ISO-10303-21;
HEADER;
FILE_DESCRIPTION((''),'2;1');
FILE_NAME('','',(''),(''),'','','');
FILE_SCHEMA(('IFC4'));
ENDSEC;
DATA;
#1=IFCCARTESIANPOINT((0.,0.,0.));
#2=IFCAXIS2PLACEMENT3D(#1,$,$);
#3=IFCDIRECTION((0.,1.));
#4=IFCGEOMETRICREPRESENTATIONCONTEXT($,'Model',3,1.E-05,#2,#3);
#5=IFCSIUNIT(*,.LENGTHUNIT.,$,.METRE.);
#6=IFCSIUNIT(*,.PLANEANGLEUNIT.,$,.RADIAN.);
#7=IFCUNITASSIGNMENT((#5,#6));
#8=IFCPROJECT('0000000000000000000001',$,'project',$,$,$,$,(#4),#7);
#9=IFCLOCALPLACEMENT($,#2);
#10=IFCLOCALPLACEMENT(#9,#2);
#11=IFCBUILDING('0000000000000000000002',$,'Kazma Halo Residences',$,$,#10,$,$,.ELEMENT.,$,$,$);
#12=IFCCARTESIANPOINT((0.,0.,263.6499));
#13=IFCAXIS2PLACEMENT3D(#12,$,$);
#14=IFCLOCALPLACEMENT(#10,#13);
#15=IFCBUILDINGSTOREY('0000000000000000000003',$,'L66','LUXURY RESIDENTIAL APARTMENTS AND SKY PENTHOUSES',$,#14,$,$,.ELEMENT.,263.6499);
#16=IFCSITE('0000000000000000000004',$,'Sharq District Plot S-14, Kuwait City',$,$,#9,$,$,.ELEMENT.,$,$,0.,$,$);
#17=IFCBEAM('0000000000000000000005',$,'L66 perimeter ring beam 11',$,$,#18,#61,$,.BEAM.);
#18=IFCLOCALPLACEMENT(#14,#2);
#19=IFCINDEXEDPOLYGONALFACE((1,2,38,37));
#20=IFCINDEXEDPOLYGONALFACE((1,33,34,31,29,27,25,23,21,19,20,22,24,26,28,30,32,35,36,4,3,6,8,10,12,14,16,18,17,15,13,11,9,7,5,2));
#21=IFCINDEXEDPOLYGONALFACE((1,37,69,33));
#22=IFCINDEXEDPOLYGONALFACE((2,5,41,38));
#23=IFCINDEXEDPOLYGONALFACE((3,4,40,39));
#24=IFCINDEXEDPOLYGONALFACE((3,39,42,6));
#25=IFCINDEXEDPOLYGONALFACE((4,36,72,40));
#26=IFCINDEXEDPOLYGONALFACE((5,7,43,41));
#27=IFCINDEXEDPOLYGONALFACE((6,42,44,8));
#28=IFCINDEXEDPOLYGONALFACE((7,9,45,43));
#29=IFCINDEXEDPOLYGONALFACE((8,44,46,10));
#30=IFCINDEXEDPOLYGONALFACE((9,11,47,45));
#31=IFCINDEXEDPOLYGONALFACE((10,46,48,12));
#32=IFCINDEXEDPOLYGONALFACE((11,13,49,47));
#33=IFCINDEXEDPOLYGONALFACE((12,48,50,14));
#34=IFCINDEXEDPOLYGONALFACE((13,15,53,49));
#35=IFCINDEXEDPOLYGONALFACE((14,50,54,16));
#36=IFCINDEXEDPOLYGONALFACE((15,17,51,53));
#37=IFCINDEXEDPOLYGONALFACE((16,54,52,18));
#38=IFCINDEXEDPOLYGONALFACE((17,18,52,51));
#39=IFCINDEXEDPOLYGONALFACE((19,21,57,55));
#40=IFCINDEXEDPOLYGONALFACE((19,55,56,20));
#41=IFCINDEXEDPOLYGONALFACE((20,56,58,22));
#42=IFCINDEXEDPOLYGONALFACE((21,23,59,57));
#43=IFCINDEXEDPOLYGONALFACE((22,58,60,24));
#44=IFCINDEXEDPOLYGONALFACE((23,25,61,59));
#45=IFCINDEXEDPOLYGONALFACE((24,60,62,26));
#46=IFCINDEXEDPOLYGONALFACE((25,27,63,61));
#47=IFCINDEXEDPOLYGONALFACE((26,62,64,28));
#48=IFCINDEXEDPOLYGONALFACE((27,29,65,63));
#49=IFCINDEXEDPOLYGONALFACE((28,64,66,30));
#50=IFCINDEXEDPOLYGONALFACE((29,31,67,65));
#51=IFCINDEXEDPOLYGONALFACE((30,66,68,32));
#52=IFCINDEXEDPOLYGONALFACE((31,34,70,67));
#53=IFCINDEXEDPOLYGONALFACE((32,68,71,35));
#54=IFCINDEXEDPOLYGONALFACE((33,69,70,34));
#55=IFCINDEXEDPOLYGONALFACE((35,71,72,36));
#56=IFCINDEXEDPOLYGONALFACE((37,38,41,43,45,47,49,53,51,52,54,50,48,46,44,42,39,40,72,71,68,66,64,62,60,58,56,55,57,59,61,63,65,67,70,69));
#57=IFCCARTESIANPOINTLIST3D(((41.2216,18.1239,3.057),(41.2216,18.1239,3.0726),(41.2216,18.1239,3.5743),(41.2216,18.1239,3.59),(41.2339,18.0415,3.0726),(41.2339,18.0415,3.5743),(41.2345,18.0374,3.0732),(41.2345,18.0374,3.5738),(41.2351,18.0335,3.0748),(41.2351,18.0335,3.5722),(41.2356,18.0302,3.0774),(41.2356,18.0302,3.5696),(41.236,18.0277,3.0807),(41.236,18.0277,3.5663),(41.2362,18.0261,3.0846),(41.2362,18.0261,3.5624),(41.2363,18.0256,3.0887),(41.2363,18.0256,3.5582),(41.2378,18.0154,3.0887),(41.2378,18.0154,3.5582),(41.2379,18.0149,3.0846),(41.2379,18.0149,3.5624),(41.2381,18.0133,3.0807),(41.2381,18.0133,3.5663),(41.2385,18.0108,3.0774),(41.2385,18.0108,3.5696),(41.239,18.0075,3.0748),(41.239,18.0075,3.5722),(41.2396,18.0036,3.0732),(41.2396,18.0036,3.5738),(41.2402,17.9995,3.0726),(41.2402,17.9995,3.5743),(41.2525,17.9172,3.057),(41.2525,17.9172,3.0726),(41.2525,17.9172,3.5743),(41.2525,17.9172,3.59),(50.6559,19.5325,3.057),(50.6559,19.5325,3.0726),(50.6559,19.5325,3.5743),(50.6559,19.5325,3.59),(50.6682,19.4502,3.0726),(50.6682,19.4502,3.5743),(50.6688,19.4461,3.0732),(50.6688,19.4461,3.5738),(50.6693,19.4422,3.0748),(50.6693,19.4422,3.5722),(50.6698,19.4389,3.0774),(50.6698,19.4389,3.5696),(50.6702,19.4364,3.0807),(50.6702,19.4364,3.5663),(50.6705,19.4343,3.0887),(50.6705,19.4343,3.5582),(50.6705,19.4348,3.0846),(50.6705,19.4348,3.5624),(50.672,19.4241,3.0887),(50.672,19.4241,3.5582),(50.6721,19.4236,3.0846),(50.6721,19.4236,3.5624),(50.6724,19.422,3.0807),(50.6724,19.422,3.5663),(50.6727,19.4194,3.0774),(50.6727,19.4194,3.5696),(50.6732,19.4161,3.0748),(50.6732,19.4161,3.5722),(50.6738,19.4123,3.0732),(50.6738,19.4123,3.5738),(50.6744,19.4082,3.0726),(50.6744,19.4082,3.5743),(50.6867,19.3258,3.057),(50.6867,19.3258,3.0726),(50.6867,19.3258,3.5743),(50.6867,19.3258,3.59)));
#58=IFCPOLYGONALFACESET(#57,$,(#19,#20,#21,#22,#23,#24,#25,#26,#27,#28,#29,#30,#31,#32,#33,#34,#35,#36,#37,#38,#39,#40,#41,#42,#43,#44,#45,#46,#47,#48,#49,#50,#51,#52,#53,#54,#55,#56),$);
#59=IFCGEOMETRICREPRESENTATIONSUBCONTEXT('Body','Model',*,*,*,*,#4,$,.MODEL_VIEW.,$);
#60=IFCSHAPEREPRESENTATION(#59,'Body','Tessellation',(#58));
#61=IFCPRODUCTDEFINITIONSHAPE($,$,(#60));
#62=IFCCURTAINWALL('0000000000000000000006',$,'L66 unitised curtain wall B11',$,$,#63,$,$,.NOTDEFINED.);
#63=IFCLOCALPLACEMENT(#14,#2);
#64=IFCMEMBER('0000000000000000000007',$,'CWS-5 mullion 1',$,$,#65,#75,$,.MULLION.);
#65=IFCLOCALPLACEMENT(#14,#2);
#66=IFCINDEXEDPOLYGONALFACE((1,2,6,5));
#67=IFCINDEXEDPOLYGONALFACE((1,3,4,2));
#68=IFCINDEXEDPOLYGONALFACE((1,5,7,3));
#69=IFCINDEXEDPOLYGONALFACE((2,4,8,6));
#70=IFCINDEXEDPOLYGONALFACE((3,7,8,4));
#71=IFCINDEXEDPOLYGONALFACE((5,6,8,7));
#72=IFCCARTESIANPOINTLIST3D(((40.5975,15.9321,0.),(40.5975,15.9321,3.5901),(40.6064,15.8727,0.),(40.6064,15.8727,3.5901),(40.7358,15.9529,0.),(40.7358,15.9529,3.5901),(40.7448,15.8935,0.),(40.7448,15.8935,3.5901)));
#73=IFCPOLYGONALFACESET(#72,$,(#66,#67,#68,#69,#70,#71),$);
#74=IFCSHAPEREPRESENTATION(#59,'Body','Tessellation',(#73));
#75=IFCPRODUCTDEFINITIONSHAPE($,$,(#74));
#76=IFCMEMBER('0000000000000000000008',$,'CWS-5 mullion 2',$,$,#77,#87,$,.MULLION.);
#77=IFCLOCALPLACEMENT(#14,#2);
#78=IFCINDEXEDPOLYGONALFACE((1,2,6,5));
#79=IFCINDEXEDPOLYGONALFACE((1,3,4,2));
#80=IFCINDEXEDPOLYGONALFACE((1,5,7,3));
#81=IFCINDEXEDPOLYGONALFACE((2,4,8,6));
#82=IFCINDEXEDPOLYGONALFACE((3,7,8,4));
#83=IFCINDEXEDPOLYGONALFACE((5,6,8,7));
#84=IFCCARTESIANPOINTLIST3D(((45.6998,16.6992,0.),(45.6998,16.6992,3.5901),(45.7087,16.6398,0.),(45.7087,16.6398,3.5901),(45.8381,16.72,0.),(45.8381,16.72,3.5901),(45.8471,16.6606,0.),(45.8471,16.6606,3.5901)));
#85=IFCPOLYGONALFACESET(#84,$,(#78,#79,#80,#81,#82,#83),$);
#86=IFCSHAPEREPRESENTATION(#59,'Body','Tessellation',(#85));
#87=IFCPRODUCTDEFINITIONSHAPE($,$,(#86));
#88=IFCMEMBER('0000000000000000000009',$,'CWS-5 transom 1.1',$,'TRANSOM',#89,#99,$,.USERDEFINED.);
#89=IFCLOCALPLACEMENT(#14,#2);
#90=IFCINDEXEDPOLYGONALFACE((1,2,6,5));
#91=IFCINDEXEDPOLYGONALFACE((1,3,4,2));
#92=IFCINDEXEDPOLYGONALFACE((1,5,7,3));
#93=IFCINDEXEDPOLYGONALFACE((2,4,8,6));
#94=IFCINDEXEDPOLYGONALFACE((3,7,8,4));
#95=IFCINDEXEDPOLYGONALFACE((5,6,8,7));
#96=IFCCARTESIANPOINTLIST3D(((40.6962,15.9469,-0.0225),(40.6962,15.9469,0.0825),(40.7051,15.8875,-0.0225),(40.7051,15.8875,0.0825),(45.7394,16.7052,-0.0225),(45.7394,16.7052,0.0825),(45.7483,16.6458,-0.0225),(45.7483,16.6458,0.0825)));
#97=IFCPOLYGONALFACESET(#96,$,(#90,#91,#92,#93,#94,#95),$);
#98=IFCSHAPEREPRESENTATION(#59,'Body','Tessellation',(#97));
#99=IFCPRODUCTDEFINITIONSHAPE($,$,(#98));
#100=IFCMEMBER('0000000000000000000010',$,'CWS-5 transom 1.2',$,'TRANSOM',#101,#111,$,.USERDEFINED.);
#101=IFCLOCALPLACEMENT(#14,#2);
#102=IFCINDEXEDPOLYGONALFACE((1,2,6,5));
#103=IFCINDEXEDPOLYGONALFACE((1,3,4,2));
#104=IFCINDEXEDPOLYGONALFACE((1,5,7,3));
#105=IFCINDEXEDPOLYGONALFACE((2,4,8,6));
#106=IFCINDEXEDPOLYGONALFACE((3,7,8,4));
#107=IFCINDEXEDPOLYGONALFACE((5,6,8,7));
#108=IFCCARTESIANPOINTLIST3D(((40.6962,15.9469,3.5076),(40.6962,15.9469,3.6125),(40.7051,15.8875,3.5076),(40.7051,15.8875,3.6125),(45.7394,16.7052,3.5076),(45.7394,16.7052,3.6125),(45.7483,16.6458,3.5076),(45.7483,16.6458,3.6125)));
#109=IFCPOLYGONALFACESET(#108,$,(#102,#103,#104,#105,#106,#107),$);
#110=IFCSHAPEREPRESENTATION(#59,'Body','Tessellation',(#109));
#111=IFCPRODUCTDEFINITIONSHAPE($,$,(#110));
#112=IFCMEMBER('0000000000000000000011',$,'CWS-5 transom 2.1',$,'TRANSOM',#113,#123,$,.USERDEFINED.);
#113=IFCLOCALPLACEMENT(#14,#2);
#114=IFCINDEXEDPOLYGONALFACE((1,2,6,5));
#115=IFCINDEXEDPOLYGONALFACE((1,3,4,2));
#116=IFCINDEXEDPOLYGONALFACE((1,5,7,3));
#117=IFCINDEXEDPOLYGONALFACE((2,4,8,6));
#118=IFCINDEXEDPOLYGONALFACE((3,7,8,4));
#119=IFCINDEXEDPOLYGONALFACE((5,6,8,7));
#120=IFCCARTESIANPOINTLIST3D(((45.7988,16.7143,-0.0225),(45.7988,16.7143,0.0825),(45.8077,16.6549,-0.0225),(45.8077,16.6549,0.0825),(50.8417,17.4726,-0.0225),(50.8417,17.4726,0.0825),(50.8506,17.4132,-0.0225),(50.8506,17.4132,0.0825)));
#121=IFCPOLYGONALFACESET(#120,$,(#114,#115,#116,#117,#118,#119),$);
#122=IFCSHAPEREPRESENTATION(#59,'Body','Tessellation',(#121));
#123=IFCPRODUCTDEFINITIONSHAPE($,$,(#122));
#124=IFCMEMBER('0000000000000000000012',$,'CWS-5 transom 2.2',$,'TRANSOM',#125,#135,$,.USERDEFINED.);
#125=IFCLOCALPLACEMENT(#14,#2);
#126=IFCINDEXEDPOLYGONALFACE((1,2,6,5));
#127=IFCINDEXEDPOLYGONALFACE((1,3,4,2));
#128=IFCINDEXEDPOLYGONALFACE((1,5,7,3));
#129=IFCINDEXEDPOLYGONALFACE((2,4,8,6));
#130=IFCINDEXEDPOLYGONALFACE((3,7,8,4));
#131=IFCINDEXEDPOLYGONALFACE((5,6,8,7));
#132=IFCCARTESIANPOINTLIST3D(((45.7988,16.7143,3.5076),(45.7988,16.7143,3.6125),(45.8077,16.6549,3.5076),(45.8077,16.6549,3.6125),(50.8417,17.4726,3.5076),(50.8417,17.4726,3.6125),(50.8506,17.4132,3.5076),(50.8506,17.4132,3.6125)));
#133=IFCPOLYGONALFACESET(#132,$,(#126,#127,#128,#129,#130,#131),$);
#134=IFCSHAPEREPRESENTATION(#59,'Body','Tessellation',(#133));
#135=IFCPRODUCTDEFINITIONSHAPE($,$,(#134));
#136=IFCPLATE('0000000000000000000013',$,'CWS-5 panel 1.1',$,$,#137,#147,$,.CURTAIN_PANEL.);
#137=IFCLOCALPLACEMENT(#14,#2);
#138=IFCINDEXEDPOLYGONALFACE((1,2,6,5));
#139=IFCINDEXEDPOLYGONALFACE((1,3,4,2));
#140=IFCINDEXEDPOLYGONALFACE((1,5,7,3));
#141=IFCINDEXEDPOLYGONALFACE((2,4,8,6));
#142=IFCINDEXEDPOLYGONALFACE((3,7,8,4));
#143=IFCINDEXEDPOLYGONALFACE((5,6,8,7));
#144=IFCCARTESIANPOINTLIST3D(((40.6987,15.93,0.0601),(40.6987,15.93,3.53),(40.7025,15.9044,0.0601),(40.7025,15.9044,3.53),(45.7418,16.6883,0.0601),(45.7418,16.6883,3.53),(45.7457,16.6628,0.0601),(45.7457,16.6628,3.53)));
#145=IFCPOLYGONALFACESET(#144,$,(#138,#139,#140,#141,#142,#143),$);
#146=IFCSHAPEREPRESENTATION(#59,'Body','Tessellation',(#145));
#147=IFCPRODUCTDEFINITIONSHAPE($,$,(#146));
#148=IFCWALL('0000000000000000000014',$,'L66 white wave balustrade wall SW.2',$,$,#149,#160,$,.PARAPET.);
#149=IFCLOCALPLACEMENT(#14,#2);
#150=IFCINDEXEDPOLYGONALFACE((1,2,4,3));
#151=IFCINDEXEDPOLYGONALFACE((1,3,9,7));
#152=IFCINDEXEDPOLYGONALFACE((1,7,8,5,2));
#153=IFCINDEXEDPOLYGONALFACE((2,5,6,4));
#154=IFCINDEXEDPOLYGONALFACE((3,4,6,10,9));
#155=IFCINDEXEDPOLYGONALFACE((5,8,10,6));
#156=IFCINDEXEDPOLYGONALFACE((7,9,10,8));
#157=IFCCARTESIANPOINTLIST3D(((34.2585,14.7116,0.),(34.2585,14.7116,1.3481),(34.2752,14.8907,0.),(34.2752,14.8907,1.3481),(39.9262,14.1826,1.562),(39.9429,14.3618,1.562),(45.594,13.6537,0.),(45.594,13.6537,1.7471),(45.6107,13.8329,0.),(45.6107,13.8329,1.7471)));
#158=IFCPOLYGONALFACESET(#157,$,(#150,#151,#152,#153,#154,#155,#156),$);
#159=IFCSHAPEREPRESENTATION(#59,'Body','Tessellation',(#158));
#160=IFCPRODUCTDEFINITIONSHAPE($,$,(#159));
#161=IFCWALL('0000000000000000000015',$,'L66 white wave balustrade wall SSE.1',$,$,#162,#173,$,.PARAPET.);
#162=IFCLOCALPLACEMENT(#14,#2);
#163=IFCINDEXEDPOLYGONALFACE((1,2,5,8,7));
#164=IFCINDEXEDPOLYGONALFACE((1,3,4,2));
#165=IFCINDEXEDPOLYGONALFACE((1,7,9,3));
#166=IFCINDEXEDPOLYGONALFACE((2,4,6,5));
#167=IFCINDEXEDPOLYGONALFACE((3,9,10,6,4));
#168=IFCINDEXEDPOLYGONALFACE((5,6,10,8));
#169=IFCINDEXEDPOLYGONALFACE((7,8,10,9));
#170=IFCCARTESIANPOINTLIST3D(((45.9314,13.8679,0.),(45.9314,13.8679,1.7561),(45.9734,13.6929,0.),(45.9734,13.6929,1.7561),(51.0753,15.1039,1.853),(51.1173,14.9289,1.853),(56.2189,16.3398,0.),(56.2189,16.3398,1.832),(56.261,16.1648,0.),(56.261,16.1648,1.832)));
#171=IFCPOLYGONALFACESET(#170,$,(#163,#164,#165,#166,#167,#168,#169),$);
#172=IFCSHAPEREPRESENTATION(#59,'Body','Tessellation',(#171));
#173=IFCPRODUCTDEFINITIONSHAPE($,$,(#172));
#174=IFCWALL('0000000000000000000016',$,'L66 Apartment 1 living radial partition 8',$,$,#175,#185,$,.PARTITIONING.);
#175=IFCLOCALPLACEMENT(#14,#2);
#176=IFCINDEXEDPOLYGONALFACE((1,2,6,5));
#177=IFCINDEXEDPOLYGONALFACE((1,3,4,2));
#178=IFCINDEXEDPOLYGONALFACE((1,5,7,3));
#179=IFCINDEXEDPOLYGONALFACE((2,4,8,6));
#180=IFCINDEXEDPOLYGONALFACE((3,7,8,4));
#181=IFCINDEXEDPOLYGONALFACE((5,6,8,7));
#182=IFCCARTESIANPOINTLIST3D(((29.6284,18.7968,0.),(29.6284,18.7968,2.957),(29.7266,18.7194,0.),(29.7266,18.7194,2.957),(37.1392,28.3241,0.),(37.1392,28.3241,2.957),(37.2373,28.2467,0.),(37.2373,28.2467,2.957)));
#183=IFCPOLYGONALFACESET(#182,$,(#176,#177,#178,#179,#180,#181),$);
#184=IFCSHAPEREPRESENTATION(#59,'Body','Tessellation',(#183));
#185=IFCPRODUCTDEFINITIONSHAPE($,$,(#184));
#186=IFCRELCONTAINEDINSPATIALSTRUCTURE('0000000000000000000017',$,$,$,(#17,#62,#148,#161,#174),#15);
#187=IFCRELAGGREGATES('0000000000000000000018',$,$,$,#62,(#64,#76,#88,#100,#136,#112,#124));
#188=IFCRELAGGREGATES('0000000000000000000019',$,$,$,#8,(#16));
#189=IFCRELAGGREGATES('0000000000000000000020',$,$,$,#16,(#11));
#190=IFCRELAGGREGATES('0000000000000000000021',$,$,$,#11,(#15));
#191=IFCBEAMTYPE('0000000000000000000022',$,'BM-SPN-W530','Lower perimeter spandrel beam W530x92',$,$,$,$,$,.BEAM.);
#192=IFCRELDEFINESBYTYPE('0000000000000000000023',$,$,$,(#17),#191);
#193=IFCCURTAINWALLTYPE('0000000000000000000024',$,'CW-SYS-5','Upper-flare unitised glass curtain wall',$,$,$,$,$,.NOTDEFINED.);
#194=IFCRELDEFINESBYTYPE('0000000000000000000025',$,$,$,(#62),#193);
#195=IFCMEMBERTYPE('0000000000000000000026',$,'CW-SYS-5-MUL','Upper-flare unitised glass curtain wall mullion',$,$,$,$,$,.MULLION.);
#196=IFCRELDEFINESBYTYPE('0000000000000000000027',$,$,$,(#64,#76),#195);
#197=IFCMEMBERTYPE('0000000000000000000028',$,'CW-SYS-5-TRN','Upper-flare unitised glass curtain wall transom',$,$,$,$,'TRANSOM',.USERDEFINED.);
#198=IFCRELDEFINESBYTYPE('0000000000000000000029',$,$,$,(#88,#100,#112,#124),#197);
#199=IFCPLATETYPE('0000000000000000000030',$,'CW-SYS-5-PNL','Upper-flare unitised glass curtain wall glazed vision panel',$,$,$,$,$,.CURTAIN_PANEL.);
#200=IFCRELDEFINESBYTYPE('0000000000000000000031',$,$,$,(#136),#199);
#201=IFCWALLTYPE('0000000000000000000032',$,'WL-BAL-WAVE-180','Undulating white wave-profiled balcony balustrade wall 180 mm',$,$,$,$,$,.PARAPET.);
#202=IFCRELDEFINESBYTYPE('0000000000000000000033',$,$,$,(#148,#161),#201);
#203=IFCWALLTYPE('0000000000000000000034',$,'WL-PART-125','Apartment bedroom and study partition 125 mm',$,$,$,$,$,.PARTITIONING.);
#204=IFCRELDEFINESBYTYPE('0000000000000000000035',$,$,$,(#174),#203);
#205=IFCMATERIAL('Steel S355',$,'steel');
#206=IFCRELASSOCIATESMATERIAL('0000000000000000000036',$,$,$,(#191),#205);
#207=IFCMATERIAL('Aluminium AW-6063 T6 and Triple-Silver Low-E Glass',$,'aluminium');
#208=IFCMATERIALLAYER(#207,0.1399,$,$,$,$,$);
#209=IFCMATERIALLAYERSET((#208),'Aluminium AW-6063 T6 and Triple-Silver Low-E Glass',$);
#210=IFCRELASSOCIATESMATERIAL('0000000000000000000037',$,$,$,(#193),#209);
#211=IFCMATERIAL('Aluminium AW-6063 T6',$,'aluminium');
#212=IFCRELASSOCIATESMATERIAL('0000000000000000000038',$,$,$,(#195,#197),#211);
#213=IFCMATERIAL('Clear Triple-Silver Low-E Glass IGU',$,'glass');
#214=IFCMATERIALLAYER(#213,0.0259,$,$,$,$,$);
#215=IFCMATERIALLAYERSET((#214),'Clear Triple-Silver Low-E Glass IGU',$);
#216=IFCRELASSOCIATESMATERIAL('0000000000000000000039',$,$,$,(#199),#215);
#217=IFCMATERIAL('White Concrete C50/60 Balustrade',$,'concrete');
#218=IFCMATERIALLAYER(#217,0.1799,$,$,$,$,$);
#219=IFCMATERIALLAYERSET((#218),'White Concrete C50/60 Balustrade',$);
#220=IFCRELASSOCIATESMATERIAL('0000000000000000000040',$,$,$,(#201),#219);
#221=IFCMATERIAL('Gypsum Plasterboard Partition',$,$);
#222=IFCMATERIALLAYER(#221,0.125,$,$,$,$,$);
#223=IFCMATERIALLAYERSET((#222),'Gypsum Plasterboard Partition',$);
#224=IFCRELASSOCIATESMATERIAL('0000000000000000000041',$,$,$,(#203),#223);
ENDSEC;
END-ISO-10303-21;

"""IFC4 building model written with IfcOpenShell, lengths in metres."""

from ifc_helpers import new_model, si_unit, direction, frame, frame_2d, origin, origin_2d, place, context, subcontext, project, spatial, polyline, rectangle, i_section, outline, extrude, material, layer, layer_set, material_profile, profile_set, type_object, element, aggregate, save


model = new_model("IFC4")

# Units and contexts
model_context = context("Model", 3, precision=1e-05, world=origin(), true_north=direction((0.0, 1.0)))
body_context = subcontext(model_context, "Body", "Model", "MODEL_VIEW")
ifc_project = project(units=[si_unit("LENGTHUNIT", "METRE"), si_unit("PLANEANGLEUNIT", "RADIAN")], contexts=[model_context])

# Site, building, storey
site_placement = place(None, origin())
site = spatial("IfcSite", under=ifc_project, at=site_placement, Name="Sharq District Plot S-14, Kuwait City", CompositionType="ELEMENT", RefElevation=0.0)
building_placement = place(site_placement, origin())
building = spatial("IfcBuilding", under=site, at=building_placement, Name="Kazma Halo Residences", CompositionType="ELEMENT")
storey_placement = place(building_placement, frame((0.0, 0.0, 263.6499)))
storey = spatial("IfcBuildingStorey", under=building, at=storey_placement, Name="L66", Description="LUXURY RESIDENTIAL APARTMENTS AND SKY PENTHOUSES", CompositionType="ELEMENT", Elevation=263.6499)

# Beam
ifc_material_1 = material(Name="Steel S355", Category="steel")
ifc_material_profile_1 = material_profile(ifc_material_1, i_section(OverallWidth=0.209, OverallDepth=0.533, WebThickness=0.0103, FlangeThickness=0.0156, FilletRadius=0.0161, at=origin_2d()), Name="W530x92")
ifc_profile_set_1 = profile_set([ifc_material_profile_1], Name="Steel S355")
beam_type_1 = type_object("IfcBeamType", Name="BM-SPN-W530", Description="Lower perimeter spandrel beam W530x92", PredefinedType="BEAM", material=ifc_profile_set_1)
beam_1_placement = place(storey_placement, frame((41.2371, 18.0205, 3.3235), z_axis=(0.989035, 0.147678, 0.0), x_axis=(-0.147678, 0.989035, 0.0)))
element("IfcBeam", 1, at=beam_1_placement, inside=storey, type_object=beam_type_1, Name="L66 perimeter ring beam 11", PredefinedType="BEAM", context=body_context, shape_type="SweptSolid", body=[
    extrude(i_section(OverallWidth=0.209, OverallDepth=0.533, WebThickness=0.0103, FlangeThickness=0.0156, FilletRadius=0.0161, at=origin_2d()), origin(), (0.0, 0.0, 1.0), 9.5388),
])

# Curtain wall, members, plate
ifc_material_2 = material(Name="Aluminium AW-6063 T6 and Triple-Silver Low-E Glass", Category="aluminium")
ifc_layer_1 = layer(ifc_material_2, 0.1399)
ifc_layer_set_1 = layer_set([ifc_layer_1], Name="Aluminium AW-6063 T6 and Triple-Silver Low-E Glass")
curtain_wall_type = type_object("IfcCurtainWallType", Name="CW-SYS-5", Description="Upper-flare unitised glass curtain wall", PredefinedType="NOTDEFINED", material=ifc_layer_set_1)
curtain_wall_placement = place(storey_placement, origin())
curtain_wall = element("IfcCurtainWall", 2, at=curtain_wall_placement, inside=storey, type_object=curtain_wall_type, Name="L66 unitised curtain wall B11", PredefinedType="NOTDEFINED")
ifc_material_3 = material(Name="Aluminium AW-6063 T6", Category="aluminium")
ifc_material_profile_2 = material_profile(ifc_material_3, rectangle(XDim=0.0601, YDim=0.1399, at=origin_2d()), Name="CWM-60x140")
ifc_profile_set_2 = profile_set([ifc_material_profile_2], Name="Aluminium AW-6063 T6")
member_type_1 = type_object("IfcMemberType", Name="CW-SYS-5-MUL", Description="Upper-flare unitised glass curtain wall mullion", PredefinedType="MULLION", material=ifc_profile_set_2)
member_1_placement = place(storey_placement, frame((40.6711, 15.9128, 0.0), z_axis=(0.0, 0.0, 1.0), x_axis=(-0.148697, 0.988883, 0.0)))
member_1 = element("IfcMember", 3, at=member_1_placement, type_object=member_type_1, Name="CWS-5 mullion 1", PredefinedType="MULLION", context=body_context, shape_type="SweptSolid", body=[
    extrude(rectangle(XDim=0.0601, YDim=0.1399, at=origin_2d()), origin(), (0.0, 0.0, 1.0), 3.5901),
])
member_2_placement = place(storey_placement, frame((45.7734, 16.6799, 0.0), z_axis=(0.0, 0.0, 1.0), x_axis=(-0.148697, 0.988883, 0.0)))
member_2 = element("IfcMember", 4, at=member_2_placement, type_object=member_type_1, Name="CWS-5 mullion 2", PredefinedType="MULLION", context=body_context, shape_type="SweptSolid", body=[
    extrude(rectangle(XDim=0.0601, YDim=0.1399, at=origin_2d()), origin(), (0.0, 0.0, 1.0), 3.5901),
])
ifc_material_profile_3 = material_profile(ifc_material_3, rectangle(XDim=0.0601, YDim=0.105, at=origin_2d()), Name="CWT-60x105")
ifc_profile_set_3 = profile_set([ifc_material_profile_3], Name="Aluminium AW-6063 T6")
member_type_2 = type_object("IfcMemberType", Name="CW-SYS-5-TRN", Description="Upper-flare unitised glass curtain wall transom", ElementType="TRANSOM", PredefinedType="USERDEFINED", material=ifc_profile_set_3)
member_3_placement = place(storey_placement, frame((40.7007, 15.9172, 0.03), z_axis=(0.988884, 0.148689, 0.0), x_axis=(-0.148689, 0.988884, 0.0)))
member_3 = element("IfcMember", 5, at=member_3_placement, type_object=member_type_2, Name="CWS-5 transom 1.1", ObjectType="TRANSOM", PredefinedType="USERDEFINED", context=body_context, shape_type="SweptSolid", body=[
    extrude(rectangle(XDim=0.0601, YDim=0.105, at=origin_2d()), origin(), (0.0, 0.0, 1.0), 5.0999),
])
member_4_placement = place(storey_placement, frame((40.7007, 15.9172, 3.5601), z_axis=(0.988884, 0.148689, 0.0), x_axis=(-0.148689, 0.988884, 0.0)))
member_4 = element("IfcMember", 6, at=member_4_placement, type_object=member_type_2, Name="CWS-5 transom 1.2", ObjectType="TRANSOM", PredefinedType="USERDEFINED", context=body_context, shape_type="SweptSolid", body=[
    extrude(rectangle(XDim=0.0601, YDim=0.105, at=origin_2d()), origin(), (0.0, 0.0, 1.0), 5.0999),
])
member_5_placement = place(storey_placement, frame((45.8032, 16.6846, 0.03), z_axis=(0.988883, 0.148696, 0.0), x_axis=(-0.148696, 0.988883, 0.0)))
member_5 = element("IfcMember", 7, at=member_5_placement, type_object=member_type_2, Name="CWS-5 transom 2.1", ObjectType="TRANSOM", PredefinedType="USERDEFINED", context=body_context, shape_type="SweptSolid", body=[
    extrude(rectangle(XDim=0.0601, YDim=0.105, at=origin_2d()), origin(), (0.0, 0.0, 1.0), 5.0996),
])
member_6_placement = place(storey_placement, frame((45.8032, 16.6846, 3.5601), z_axis=(0.988883, 0.148696, 0.0), x_axis=(-0.148696, 0.988883, 0.0)))
member_6 = element("IfcMember", 8, at=member_6_placement, type_object=member_type_2, Name="CWS-5 transom 2.2", ObjectType="TRANSOM", PredefinedType="USERDEFINED", context=body_context, shape_type="SweptSolid", body=[
    extrude(rectangle(XDim=0.0601, YDim=0.105, at=origin_2d()), origin(), (0.0, 0.0, 1.0), 5.0996),
])
ifc_material_4 = material(Name="Clear Triple-Silver Low-E Glass IGU", Category="glass")
ifc_layer_2 = layer(ifc_material_4, 0.0259)
ifc_layer_set_2 = layer_set([ifc_layer_2], Name="Clear Triple-Silver Low-E Glass IGU")
plate_type = type_object("IfcPlateType", Name="CW-SYS-5-PNL", Description="Upper-flare unitised glass curtain wall glazed vision panel", PredefinedType="CURTAIN_PANEL", material=ifc_layer_set_2)
plate_placement = place(storey_placement, frame((43.2222, 16.2964, 0.0601), z_axis=(0.0, 0.0, 1.0), x_axis=(0.988883, 0.148697, 0.0)))
plate = element("IfcPlate", 9, at=plate_placement, type_object=plate_type, Name="CWS-5 panel 1.1", PredefinedType="CURTAIN_PANEL", context=body_context, shape_type="SweptSolid", body=[
    extrude(rectangle(XDim=5.0999, YDim=0.0259, at=origin_2d()), origin(), (0.0, 0.0, 1.0), 3.47),
])
aggregate(curtain_wall, [member_1, member_2, member_3, member_4, plate, member_5, member_6])

# Walls
ifc_material_5 = material(Name="White Concrete C50/60 Balustrade", Category="concrete")
ifc_layer_3 = layer(ifc_material_5, 0.1799)
ifc_layer_set_3 = layer_set([ifc_layer_3], Name="White Concrete C50/60 Balustrade")
wall_type_1 = type_object("IfcWallType", Name="WL-BAL-WAVE-180", Description="Undulating white wave-profiled balcony balustrade wall 180 mm", PredefinedType="PARAPET", material=ifc_layer_set_3)
wall_1_placement = place(storey_placement, frame((34.2668, 14.8013, 0.0), z_axis=(0.0, 0.0, 1.0), x_axis=(0.995674, -0.09292, 0.0)))
element("IfcWall", 10, at=wall_1_placement, inside=storey, type_object=wall_type_1, Name="L66 white wave balustrade wall SW.2", PredefinedType="PARAPET", context=body_context, shape_type="SweptSolid", body=[
    extrude(outline(polyline([(0.0, 0.0), (11.3848, 0.0), (11.3848, 1.7471), (5.6924, 1.562), (0.0, 1.3481), (0.0, 0.0)])), frame((0.0, 0.0898, 0.0), z_axis=(0.0, -1.0, 0.0), x_axis=(1.0, 0.0, 0.0)), (0.0, 0.0, 1.0), 0.1799),
])
wall_2_placement = place(storey_placement, frame((45.9524, 13.7805, 0.0), z_axis=(0.0, 0.0, 1.0), x_axis=(0.972325, 0.233632, 0.0)))
element("IfcWall", 11, at=wall_2_placement, inside=storey, type_object=wall_type_1, Name="L66 white wave balustrade wall SSE.1", PredefinedType="PARAPET", context=body_context, shape_type="SweptSolid", body=[
    extrude(outline(polyline([(0.0, 0.0), (10.5803, 0.0), (10.5803, 1.832), (5.2903, 1.853), (0.0, 1.7561), (0.0, 0.0)])), frame((0.0, 0.0898, 0.0), z_axis=(0.0, -1.0, 0.0), x_axis=(1.0, 0.0, 0.0)), (0.0, 0.0, 1.0), 0.1799),
])
ifc_material_6 = material(Name="Gypsum Plasterboard Partition")
ifc_layer_4 = layer(ifc_material_6, 0.125)
ifc_layer_set_4 = layer_set([ifc_layer_4], Name="Gypsum Plasterboard Partition")
wall_type_2 = type_object("IfcWallType", Name="WL-PART-125", Description="Apartment bedroom and study partition 125 mm", PredefinedType="PARTITIONING", material=ifc_layer_set_4)
wall_3_placement = place(storey_placement, frame((37.1882, 28.2854, 0.0), z_axis=(0.0, 0.0, 1.0), x_axis=(-0.619093, -0.785317, 0.0)))
element("IfcWall", 12, at=wall_3_placement, inside=storey, type_object=wall_type_2, Name="L66 Apartment 1 living radial partition 8", PredefinedType="PARTITIONING", context=body_context, shape_type="SweptSolid", body=[
    extrude(rectangle(XDim=12.1318, YDim=0.125, at=frame_2d((6.0659, 0.0))), origin(), (0.0, 0.0, 1.0), 2.957),
])

save(model, "model.ifc")
